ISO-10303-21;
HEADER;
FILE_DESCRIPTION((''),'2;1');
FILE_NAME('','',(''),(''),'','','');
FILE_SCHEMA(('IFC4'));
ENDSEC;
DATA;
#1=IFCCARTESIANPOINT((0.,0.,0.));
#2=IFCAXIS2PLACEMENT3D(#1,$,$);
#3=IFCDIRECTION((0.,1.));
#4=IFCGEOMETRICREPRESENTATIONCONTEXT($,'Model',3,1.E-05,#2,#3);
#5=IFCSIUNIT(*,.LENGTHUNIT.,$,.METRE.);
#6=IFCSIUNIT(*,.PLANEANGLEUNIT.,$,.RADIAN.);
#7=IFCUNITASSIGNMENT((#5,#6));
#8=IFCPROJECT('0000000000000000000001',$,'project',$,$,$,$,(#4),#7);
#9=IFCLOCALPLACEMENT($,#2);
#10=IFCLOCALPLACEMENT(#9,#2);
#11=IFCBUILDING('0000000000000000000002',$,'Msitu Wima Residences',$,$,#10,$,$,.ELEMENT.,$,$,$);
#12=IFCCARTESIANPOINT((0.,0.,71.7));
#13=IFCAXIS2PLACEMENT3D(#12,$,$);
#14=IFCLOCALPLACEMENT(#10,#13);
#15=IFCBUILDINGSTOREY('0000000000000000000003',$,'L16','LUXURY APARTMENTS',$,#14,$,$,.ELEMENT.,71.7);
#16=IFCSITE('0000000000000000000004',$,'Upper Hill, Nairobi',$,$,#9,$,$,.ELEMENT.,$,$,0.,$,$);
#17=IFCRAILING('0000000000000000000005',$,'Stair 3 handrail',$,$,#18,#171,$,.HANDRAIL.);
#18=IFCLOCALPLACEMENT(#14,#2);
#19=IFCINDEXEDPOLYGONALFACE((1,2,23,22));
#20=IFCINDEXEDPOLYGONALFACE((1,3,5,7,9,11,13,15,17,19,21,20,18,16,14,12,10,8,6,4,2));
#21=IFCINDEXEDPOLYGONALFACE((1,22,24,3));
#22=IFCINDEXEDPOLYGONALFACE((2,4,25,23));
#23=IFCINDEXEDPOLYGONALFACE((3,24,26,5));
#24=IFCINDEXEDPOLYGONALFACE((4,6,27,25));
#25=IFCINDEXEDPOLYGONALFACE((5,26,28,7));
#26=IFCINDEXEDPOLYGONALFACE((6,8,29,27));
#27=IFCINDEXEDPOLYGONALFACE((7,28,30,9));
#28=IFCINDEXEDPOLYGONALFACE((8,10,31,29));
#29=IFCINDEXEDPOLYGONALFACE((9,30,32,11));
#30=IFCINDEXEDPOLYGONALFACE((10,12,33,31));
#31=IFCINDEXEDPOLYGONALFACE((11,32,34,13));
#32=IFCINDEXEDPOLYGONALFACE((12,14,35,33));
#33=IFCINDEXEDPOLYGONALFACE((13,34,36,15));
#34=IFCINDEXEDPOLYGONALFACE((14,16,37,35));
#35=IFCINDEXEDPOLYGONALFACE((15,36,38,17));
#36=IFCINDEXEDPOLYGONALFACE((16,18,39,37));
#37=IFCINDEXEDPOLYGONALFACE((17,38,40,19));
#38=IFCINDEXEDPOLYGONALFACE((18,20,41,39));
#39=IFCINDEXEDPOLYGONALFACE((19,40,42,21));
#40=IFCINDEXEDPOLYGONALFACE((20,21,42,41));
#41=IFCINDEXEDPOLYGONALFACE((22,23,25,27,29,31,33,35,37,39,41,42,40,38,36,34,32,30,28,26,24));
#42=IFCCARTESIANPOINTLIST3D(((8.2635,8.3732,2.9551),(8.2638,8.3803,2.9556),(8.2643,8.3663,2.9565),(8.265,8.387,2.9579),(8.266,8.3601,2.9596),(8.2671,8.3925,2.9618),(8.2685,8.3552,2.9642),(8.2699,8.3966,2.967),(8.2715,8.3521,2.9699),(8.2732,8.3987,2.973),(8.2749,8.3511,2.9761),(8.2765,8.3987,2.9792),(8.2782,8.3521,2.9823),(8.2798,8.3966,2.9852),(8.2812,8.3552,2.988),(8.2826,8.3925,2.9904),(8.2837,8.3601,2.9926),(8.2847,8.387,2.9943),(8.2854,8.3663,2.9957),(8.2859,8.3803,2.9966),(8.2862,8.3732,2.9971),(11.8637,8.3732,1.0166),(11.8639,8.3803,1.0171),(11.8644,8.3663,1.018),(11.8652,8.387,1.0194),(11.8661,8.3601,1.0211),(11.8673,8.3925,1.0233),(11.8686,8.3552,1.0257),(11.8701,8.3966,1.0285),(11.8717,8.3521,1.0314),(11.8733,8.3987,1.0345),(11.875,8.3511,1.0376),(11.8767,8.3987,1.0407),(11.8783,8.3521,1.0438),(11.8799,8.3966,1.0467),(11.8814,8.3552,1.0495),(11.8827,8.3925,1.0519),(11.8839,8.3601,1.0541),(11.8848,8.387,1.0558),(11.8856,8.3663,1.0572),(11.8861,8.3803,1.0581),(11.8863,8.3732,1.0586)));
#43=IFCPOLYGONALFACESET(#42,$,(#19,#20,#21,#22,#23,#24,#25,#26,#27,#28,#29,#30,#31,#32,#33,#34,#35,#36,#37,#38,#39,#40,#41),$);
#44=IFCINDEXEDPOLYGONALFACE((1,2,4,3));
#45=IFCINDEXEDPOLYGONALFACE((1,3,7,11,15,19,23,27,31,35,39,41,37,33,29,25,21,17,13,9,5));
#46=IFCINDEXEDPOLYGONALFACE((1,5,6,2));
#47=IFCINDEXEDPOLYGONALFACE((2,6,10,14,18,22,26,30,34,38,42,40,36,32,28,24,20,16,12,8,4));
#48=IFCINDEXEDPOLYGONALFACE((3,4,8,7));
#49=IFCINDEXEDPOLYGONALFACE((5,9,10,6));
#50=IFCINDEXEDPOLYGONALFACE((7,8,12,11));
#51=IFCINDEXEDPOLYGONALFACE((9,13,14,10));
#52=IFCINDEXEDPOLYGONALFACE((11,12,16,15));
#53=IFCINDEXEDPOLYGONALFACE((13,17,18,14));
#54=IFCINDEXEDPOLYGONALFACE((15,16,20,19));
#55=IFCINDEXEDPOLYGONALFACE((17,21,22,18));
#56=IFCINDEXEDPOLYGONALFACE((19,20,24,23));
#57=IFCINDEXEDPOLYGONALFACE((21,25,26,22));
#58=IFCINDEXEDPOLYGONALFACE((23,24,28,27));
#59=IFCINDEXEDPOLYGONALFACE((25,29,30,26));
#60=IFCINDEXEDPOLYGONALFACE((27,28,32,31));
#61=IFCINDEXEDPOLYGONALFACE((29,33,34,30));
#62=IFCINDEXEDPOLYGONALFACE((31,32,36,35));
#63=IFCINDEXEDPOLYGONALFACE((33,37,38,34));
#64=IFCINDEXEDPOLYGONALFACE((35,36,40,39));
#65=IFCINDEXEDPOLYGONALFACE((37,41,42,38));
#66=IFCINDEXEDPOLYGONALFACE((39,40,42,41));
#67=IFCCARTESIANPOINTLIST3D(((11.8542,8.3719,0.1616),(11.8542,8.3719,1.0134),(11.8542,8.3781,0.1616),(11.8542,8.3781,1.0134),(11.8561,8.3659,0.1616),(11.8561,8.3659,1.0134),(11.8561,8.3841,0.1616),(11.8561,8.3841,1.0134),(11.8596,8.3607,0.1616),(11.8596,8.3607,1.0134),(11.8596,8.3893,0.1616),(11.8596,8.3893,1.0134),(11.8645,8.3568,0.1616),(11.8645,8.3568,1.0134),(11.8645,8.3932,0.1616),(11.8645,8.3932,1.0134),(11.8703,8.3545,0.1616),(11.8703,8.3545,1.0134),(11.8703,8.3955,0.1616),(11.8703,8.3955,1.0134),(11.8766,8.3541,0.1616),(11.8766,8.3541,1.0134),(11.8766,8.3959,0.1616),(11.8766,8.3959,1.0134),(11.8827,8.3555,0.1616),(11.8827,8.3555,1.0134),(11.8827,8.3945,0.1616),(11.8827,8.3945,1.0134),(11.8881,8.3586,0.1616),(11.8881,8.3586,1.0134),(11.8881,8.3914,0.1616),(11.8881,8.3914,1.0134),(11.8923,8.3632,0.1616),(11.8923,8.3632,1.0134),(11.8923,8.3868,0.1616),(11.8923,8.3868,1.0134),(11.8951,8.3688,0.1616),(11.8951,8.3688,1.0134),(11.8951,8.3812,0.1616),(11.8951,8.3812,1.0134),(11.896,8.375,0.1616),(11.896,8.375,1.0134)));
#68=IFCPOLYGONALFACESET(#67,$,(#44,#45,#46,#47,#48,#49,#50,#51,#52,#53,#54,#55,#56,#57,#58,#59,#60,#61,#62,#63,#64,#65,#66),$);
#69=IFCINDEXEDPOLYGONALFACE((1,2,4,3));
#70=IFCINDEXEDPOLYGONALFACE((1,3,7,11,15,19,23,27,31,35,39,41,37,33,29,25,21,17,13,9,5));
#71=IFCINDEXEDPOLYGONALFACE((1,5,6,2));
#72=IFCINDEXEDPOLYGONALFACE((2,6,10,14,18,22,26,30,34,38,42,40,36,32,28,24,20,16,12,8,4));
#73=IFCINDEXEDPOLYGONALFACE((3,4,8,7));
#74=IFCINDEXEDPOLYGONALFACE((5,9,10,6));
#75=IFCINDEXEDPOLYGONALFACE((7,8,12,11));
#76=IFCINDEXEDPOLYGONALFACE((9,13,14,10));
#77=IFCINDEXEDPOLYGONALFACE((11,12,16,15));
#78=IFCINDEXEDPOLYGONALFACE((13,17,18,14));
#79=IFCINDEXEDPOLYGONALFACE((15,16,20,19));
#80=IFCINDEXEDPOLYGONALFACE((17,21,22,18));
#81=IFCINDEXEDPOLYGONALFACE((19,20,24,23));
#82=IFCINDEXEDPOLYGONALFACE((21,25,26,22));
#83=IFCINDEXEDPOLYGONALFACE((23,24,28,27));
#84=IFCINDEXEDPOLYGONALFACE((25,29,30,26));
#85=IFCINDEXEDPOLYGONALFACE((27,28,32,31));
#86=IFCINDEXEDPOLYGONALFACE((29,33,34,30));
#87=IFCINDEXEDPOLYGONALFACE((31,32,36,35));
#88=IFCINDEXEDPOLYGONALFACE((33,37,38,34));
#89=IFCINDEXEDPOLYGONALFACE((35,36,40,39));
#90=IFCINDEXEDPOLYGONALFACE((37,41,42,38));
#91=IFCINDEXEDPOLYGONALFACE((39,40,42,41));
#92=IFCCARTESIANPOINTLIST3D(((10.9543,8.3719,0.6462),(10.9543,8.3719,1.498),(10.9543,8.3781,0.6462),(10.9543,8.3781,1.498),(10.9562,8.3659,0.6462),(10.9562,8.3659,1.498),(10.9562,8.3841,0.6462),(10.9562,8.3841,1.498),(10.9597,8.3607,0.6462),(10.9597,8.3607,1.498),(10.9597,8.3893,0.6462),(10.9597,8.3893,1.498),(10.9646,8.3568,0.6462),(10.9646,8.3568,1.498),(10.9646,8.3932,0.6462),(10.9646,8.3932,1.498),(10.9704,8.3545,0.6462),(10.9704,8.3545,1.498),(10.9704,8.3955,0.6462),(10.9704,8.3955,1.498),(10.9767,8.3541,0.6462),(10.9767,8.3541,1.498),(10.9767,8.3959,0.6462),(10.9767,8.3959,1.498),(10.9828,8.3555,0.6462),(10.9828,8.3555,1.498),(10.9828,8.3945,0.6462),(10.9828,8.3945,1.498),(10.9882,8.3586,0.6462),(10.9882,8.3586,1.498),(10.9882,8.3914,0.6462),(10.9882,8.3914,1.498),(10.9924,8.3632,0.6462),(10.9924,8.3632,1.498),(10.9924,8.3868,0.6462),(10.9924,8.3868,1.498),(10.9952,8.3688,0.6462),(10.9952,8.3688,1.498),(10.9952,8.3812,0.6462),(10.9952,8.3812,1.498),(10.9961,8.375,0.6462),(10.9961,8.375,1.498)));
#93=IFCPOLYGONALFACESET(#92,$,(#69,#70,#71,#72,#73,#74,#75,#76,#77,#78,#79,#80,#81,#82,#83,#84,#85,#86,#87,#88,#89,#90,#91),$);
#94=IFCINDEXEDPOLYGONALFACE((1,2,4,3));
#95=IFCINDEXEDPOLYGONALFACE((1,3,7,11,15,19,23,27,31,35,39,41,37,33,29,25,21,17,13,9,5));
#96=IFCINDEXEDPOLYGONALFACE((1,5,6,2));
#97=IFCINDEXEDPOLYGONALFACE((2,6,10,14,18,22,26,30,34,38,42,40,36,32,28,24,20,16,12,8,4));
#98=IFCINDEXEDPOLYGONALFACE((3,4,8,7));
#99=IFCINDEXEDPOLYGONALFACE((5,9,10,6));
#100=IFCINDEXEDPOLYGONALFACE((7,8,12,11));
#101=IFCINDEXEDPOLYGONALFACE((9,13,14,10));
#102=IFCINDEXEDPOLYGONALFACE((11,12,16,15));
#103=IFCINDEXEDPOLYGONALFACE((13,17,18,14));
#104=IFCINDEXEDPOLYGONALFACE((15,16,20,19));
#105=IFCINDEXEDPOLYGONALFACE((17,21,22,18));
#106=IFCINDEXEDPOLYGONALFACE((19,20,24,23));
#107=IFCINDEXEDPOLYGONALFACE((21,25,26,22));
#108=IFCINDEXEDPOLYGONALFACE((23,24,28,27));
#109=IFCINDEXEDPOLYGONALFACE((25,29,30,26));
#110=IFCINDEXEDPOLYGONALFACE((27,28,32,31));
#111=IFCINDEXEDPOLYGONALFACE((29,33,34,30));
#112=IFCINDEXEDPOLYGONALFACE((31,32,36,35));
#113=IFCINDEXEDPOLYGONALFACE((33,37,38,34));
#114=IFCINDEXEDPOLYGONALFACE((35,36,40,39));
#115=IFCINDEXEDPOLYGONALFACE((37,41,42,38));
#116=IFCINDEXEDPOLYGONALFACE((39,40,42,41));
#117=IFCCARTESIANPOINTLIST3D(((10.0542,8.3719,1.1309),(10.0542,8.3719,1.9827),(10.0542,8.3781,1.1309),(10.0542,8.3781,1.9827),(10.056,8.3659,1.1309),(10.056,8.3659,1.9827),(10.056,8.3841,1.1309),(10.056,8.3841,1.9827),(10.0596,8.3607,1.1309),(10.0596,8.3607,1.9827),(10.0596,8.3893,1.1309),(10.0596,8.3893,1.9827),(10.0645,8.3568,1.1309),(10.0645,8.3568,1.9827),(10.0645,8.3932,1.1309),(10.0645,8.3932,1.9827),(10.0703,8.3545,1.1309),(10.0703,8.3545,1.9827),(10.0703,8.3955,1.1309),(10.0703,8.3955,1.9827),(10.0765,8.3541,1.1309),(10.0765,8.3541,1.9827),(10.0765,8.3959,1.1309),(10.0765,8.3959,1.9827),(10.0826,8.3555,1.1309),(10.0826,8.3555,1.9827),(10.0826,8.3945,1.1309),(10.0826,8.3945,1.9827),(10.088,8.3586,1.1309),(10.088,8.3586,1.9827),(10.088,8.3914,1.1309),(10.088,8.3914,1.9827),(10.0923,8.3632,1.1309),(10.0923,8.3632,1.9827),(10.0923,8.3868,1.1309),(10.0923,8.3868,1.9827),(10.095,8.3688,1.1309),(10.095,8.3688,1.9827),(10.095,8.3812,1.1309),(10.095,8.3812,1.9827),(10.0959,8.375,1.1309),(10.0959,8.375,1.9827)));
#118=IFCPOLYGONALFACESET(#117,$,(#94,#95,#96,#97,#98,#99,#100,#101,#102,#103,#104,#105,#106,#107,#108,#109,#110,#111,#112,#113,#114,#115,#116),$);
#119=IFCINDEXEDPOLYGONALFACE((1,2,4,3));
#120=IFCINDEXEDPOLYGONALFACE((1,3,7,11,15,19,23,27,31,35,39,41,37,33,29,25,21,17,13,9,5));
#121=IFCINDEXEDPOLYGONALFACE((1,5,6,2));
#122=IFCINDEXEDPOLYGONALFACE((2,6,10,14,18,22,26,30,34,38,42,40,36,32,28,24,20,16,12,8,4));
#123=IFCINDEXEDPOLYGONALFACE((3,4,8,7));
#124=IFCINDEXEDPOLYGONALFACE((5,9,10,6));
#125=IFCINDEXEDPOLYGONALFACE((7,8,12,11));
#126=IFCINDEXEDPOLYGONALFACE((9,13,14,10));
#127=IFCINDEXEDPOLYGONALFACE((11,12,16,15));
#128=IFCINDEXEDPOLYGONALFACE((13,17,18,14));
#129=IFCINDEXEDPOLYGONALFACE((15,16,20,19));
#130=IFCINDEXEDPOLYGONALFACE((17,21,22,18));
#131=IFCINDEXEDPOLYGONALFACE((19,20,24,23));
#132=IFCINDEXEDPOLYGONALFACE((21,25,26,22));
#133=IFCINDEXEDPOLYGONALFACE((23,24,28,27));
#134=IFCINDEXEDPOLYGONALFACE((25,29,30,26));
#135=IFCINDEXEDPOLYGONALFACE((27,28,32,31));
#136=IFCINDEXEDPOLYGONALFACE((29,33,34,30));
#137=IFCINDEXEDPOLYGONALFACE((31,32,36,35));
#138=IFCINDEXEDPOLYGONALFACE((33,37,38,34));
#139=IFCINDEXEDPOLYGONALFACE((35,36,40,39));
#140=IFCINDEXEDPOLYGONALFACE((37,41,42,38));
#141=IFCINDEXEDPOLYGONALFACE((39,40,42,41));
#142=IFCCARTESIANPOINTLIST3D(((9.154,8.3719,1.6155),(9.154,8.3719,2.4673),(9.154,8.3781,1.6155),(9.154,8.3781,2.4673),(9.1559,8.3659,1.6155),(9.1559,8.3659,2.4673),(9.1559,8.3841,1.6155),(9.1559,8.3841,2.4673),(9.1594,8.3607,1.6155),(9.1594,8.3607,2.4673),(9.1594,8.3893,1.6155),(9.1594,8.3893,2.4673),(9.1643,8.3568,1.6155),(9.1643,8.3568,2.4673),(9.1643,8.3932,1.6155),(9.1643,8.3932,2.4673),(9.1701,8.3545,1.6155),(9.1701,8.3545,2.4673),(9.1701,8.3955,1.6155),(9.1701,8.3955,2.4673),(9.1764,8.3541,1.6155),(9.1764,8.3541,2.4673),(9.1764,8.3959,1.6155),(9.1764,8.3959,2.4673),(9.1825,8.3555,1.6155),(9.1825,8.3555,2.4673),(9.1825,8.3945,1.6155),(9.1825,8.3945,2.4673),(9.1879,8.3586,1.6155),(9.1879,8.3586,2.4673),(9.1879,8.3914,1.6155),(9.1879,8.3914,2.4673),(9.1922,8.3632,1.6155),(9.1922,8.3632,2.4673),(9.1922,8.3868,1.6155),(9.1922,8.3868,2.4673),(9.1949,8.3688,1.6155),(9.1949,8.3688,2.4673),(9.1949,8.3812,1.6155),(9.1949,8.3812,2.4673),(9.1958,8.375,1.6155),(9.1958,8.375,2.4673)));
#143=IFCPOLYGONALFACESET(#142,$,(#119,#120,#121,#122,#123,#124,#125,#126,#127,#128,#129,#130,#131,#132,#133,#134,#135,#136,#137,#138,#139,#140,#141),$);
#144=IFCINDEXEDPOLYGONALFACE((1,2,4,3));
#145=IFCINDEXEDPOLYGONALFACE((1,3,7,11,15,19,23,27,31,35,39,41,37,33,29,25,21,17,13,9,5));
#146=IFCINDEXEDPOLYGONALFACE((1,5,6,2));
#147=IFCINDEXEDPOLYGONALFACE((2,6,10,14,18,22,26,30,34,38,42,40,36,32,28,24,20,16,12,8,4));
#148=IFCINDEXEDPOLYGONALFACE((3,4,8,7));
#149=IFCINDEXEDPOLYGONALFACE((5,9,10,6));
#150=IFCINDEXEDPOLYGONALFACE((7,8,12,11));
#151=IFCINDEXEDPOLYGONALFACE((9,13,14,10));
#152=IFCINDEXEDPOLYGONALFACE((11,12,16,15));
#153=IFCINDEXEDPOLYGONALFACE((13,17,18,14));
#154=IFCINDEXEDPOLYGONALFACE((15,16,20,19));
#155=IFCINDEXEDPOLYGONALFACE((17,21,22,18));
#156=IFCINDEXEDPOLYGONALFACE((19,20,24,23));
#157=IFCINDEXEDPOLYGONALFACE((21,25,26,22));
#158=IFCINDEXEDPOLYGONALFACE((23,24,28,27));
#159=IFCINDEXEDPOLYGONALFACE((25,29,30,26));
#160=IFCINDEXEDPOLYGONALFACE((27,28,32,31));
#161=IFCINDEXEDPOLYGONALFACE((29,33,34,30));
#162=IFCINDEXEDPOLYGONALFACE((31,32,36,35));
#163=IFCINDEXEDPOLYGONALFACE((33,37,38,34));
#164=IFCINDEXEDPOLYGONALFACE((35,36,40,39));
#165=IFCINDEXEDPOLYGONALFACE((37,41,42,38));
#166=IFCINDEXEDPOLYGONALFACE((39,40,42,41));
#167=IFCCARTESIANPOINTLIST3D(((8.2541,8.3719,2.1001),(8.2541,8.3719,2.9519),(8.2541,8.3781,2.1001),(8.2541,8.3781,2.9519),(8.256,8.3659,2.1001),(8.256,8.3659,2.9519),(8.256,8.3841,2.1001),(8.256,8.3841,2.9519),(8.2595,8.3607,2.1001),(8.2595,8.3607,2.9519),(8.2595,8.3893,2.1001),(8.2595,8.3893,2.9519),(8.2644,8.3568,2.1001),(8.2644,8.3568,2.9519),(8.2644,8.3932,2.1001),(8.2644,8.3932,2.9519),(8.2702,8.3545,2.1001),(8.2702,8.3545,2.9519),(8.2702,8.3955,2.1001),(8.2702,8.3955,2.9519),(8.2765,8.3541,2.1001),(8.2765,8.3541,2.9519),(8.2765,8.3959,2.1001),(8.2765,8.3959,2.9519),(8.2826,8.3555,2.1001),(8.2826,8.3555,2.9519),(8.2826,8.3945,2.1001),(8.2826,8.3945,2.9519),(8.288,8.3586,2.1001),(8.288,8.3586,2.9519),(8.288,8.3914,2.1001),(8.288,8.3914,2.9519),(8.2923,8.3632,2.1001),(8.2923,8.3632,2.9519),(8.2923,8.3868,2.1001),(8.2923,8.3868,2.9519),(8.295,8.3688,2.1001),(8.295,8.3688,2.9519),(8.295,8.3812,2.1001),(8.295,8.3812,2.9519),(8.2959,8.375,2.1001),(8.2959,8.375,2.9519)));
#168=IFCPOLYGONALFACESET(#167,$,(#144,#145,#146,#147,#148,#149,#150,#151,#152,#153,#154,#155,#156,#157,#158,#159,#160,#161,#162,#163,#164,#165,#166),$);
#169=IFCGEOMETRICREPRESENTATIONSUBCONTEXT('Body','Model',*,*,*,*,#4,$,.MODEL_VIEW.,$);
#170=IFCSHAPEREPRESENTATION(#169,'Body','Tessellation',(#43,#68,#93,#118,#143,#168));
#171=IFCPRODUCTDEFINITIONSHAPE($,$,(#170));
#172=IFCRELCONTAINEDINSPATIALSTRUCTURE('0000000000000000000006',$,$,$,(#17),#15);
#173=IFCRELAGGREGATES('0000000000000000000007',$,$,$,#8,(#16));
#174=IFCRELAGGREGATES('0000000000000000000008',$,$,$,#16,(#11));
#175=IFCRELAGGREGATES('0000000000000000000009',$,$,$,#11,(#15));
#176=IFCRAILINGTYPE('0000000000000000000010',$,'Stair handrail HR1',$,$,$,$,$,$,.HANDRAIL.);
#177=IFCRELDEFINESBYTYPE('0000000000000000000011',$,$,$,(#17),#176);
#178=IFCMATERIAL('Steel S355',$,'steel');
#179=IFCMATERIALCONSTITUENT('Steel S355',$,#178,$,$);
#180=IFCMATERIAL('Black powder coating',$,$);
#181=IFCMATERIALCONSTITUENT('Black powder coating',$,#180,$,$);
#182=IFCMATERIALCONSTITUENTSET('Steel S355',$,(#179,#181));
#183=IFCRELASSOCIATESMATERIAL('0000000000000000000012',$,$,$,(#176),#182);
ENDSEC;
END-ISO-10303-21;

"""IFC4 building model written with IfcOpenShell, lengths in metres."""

from ifc_helpers import new_model, si_unit, direction, frame, origin, origin_2d, place, context, subcontext, project, spatial, circle, extrude, material, constituent, constituent_set, type_object, element, save


model = new_model("IFC4")

# Units and contexts
model_context = context("Model", 3, precision=1e-05, world=origin(), true_north=direction((0.0, 1.0)))
body_context = subcontext(model_context, "Body", "Model", "MODEL_VIEW")
ifc_project = project(units=[si_unit("LENGTHUNIT", "METRE"), si_unit("PLANEANGLEUNIT", "RADIAN")], contexts=[model_context])

# Site, building, storey
site_placement = place(None, origin())
site = spatial("IfcSite", under=ifc_project, at=site_placement, Name="Upper Hill, Nairobi", CompositionType="ELEMENT", RefElevation=0.0)
building_placement = place(site_placement, origin())
building = spatial("IfcBuilding", under=site, at=building_placement, Name="Msitu Wima Residences", CompositionType="ELEMENT")
storey_placement = place(building_placement, frame((0.0, 0.0, 71.7)))
storey = spatial("IfcBuildingStorey", under=building, at=storey_placement, Name="L16", Description="LUXURY APARTMENTS", CompositionType="ELEMENT", Elevation=71.7)

# Railing
ifc_material_1 = material(Name="Steel S355", Category="steel")
ifc_constituent_1 = constituent(ifc_material_1, Name="Steel S355")
ifc_material_2 = material(Name="Black powder coating")
ifc_constituent_2 = constituent(ifc_material_2, Name="Black powder coating")
ifc_constituent_set_1 = constituent_set(constituents=[ifc_constituent_1, ifc_constituent_2], Name="Steel S355")
railing_type_1 = type_object("IfcRailingType", Name="Stair handrail HR1", PredefinedType="HANDRAIL", material=ifc_constituent_set_1)
for number, where, name in (
    (1, (11.875, 8.375, 0.1616), "Stair 3 handrail"),
):
    element("IfcRailing", number, at=place(storey_placement, frame(where)), inside=storey, type_object=railing_type_1, Name=name, PredefinedType="HANDRAIL", context=body_context, shape_type="SweptSolid", body=[
        extrude(circle(Radius=0.0239, at=origin_2d()), frame((0.0, 0.0, 0.876), z_axis=(-0.880475, 0.0, 0.474093), x_axis=(0.0, -1.0, 0.0)), (0.0, 0.0, 1.0), 4.0889),
        extrude(circle(Radius=0.021, at=origin_2d()), origin(), (0.0, 0.0, 1.0), 0.8518),
        extrude(circle(Radius=0.021, at=origin_2d()), frame((-0.8999, 0.0, 0.4846)), (0.0, 0.0, 1.0), 0.8518),
        extrude(circle(Radius=0.021, at=origin_2d()), frame((-1.8, 0.0, 0.9692)), (0.0, 0.0, 1.0), 0.8518),
        extrude(circle(Radius=0.021, at=origin_2d()), frame((-2.7002, 0.0, 1.4539)), (0.0, 0.0, 1.0), 0.8518),
        extrude(circle(Radius=0.021, at=origin_2d()), frame((-3.6001, 0.0, 1.9385)), (0.0, 0.0, 1.0), 0.8518),
    ])

save(model, "model.ifc")
